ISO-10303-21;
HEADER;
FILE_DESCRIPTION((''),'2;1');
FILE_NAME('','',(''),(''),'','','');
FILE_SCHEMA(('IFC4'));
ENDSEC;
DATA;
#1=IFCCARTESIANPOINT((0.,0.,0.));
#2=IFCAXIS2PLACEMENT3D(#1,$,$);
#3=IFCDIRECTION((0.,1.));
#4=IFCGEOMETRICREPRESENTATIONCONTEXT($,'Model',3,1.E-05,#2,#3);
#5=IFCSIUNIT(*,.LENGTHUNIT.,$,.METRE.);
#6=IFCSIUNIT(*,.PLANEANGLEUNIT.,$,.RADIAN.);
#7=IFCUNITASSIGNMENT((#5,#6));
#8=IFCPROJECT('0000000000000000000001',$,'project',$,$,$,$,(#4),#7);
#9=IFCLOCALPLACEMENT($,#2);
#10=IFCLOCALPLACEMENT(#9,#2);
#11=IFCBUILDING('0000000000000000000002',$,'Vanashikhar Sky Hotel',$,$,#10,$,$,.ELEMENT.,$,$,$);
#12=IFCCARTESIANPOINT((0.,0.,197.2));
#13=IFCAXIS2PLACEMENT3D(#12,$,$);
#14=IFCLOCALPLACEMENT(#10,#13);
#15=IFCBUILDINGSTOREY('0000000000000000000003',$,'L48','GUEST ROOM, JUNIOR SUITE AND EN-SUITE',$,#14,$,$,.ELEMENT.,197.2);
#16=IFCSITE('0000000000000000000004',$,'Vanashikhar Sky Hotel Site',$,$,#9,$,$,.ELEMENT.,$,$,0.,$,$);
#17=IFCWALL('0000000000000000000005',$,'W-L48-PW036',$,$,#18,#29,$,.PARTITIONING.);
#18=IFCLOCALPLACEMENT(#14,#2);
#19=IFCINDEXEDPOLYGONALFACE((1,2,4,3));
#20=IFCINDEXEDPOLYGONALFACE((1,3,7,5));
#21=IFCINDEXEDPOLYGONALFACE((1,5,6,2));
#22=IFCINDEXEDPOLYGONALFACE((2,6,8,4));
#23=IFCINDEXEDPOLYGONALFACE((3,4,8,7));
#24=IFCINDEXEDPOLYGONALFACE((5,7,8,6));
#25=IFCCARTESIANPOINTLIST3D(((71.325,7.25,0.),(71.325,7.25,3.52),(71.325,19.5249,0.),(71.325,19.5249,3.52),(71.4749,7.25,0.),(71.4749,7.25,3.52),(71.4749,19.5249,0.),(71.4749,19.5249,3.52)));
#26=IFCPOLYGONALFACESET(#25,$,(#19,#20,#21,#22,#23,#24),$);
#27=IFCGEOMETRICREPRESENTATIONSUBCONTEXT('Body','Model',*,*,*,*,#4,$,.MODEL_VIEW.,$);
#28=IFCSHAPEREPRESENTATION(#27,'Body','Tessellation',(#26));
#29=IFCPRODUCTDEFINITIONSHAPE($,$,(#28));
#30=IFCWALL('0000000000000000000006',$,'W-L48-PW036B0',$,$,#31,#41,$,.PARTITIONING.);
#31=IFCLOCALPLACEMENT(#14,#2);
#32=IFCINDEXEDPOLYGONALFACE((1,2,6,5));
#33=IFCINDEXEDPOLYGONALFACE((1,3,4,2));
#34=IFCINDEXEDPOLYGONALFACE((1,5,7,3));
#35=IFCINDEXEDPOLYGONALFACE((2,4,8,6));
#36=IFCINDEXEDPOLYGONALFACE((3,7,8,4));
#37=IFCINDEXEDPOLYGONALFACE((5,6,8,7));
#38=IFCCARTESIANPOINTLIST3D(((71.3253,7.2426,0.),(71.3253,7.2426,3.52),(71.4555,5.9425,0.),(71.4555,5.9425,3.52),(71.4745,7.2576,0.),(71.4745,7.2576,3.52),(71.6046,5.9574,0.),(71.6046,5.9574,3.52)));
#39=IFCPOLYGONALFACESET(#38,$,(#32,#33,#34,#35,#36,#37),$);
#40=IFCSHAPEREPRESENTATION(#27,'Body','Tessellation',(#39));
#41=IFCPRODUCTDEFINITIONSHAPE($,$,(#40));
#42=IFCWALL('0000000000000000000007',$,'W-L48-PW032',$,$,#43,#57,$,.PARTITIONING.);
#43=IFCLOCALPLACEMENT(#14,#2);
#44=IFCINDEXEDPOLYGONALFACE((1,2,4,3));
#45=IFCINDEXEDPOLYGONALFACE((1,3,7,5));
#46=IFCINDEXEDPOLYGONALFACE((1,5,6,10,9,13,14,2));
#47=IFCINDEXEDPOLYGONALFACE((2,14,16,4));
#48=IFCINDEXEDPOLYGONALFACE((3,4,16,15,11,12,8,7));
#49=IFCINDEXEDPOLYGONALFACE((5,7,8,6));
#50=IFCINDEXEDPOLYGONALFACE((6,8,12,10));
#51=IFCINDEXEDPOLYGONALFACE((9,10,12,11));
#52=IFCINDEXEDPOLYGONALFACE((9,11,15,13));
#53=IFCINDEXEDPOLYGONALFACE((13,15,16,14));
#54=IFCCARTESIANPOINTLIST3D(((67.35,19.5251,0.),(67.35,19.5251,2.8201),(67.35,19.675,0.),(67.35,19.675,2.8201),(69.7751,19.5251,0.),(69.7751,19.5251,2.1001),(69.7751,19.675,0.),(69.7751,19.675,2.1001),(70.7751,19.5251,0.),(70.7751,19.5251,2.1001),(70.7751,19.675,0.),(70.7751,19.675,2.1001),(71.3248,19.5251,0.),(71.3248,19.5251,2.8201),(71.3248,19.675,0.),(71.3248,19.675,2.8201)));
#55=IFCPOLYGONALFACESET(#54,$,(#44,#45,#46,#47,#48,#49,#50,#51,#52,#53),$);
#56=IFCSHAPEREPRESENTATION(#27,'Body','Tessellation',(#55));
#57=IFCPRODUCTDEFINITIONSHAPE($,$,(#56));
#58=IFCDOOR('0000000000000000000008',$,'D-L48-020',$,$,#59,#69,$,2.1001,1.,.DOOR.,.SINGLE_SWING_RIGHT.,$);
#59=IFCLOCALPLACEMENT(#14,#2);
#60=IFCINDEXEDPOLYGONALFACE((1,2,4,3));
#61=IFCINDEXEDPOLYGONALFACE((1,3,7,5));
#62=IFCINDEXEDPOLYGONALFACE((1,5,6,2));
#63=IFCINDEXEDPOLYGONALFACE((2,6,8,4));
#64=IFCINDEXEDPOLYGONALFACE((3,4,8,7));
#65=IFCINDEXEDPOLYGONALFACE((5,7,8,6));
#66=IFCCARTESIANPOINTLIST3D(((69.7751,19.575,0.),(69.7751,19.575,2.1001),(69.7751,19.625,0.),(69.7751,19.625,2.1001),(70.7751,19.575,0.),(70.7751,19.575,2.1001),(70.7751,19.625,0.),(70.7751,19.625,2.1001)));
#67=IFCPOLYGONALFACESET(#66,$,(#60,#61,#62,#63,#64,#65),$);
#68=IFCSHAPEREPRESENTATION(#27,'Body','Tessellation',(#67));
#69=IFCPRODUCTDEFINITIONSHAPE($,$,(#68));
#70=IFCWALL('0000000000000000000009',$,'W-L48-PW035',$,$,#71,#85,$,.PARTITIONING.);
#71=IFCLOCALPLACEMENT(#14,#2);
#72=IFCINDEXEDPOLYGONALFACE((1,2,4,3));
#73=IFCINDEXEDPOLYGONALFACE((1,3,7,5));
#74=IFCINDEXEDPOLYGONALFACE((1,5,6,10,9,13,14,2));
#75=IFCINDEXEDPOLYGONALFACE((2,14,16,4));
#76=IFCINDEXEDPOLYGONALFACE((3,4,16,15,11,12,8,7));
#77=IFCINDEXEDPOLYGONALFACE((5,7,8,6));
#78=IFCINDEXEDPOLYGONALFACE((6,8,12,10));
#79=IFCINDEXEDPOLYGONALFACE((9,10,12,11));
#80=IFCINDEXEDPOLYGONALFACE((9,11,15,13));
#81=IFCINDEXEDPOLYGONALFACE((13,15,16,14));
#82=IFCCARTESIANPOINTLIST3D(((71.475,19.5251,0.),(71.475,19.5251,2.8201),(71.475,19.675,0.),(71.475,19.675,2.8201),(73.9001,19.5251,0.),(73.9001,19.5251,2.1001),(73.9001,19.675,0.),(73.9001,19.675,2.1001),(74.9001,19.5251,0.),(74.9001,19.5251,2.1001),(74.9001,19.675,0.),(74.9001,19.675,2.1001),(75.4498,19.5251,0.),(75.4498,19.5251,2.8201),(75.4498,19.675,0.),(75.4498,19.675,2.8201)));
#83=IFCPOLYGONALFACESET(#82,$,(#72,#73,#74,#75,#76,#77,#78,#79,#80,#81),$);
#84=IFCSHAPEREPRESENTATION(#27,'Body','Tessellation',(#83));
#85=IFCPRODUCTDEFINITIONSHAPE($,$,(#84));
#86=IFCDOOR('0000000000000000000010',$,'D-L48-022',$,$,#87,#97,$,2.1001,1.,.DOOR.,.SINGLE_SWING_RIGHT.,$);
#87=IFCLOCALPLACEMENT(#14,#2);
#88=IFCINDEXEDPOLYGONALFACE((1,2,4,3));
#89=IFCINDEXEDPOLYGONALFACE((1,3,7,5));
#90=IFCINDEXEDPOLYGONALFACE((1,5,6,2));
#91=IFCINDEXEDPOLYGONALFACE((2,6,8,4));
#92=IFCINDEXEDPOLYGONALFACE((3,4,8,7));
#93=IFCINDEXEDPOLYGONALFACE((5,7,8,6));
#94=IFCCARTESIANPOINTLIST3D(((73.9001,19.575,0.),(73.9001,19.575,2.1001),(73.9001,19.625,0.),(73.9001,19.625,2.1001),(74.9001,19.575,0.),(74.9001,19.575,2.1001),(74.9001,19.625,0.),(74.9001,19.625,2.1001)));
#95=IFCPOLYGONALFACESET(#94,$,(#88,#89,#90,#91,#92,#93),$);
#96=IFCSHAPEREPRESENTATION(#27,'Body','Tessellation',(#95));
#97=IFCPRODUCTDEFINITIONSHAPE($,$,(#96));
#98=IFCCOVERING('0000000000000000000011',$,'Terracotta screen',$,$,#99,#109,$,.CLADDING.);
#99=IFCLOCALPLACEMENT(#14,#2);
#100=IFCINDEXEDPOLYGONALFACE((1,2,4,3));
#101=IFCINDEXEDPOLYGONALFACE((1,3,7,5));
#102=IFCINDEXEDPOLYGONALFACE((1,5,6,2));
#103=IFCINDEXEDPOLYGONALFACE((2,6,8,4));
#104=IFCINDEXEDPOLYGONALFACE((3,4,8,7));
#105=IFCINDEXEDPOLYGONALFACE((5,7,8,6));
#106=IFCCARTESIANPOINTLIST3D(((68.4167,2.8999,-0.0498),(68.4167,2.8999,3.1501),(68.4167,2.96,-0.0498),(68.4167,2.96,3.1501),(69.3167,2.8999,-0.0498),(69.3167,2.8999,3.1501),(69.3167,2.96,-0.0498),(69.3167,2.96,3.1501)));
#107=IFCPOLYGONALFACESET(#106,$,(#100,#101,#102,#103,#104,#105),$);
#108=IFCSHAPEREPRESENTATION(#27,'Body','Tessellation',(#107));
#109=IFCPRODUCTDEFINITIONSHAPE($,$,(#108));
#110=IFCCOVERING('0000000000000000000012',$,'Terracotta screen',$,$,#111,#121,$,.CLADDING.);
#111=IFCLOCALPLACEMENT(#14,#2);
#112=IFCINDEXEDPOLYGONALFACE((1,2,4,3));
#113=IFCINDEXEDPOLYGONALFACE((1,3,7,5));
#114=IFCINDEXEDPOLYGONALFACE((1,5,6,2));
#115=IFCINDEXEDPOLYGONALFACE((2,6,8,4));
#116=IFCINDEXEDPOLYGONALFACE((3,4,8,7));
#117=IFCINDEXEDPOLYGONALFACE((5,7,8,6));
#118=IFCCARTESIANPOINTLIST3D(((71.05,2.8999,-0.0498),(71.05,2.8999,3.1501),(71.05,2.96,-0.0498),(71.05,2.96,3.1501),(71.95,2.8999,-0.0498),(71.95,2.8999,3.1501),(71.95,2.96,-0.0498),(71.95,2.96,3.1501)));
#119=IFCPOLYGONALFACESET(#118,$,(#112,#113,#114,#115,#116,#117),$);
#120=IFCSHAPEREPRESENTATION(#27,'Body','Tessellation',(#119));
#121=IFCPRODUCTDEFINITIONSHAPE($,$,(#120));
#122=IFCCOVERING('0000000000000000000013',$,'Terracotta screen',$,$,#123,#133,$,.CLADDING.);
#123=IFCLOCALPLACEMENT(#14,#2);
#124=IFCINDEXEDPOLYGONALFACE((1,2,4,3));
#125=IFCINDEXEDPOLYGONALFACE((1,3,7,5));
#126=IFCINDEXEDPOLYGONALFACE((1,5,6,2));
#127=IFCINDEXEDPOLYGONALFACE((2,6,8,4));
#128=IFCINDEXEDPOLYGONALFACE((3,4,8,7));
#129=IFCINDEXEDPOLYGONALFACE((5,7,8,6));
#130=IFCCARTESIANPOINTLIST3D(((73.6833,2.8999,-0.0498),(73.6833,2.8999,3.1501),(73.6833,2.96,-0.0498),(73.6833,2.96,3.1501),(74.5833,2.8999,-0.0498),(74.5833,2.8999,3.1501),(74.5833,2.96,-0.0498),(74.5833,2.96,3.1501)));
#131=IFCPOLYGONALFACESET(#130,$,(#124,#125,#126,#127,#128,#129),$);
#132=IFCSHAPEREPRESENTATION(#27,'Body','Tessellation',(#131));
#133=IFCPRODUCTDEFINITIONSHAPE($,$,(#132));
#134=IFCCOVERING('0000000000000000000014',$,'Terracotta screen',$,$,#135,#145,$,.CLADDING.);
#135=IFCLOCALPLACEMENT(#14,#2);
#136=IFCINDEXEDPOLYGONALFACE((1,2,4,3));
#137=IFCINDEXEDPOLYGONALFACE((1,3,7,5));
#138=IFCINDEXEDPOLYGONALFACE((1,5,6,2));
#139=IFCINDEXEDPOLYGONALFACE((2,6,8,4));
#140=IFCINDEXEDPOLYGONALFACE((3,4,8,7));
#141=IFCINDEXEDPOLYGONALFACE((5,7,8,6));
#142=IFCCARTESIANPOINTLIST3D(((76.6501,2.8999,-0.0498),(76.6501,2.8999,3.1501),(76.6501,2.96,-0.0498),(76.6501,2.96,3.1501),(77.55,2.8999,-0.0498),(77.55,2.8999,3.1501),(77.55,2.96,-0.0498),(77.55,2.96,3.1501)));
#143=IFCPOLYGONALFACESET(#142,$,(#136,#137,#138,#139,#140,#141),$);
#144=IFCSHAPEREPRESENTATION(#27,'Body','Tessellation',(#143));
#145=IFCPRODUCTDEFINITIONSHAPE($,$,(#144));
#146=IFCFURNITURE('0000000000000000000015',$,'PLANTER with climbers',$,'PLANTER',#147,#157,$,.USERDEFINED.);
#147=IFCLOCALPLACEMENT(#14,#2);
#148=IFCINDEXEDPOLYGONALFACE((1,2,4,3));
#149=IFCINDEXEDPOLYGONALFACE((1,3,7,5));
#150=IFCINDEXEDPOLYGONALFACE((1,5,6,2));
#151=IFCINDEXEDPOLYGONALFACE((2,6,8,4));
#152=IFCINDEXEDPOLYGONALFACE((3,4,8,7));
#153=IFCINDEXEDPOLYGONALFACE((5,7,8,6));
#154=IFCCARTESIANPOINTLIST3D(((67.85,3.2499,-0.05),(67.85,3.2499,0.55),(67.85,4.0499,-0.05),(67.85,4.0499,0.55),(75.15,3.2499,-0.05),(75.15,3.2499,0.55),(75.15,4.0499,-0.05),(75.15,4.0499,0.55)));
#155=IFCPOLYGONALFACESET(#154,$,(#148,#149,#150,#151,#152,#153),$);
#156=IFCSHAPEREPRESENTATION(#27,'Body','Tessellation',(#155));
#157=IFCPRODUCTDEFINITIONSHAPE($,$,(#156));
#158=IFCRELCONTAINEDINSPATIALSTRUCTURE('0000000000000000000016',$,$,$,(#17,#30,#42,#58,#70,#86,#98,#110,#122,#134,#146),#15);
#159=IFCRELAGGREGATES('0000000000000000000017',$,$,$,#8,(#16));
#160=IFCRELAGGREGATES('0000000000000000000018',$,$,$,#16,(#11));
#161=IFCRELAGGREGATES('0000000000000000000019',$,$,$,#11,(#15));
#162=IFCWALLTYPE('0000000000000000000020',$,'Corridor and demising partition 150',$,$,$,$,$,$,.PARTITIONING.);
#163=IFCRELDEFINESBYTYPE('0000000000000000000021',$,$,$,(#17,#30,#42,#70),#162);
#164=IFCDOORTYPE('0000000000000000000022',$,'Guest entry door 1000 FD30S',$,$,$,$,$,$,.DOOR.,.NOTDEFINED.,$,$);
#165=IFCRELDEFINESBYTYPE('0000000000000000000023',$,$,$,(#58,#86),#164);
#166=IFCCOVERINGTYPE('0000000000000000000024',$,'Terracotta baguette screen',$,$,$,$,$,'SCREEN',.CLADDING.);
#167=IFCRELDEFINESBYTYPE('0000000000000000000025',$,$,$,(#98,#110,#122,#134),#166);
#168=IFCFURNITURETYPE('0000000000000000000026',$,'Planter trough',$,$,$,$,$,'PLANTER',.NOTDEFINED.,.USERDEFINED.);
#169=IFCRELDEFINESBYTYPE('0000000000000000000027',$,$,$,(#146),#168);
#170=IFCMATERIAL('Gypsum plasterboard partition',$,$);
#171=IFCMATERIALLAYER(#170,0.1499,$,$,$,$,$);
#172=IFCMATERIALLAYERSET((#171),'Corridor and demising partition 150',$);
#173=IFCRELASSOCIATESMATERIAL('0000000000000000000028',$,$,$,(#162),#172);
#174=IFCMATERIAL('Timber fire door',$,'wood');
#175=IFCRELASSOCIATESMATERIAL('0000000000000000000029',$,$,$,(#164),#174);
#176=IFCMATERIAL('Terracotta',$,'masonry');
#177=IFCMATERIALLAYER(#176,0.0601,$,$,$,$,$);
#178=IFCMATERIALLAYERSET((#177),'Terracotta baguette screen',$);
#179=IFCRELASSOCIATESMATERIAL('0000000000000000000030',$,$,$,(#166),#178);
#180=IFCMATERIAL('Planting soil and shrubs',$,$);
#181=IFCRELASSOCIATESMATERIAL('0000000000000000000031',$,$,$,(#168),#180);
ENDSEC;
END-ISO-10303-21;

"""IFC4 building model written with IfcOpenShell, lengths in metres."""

from ifc_helpers import new_model, si_unit, direction, frame, frame_2d, origin, origin_2d, place, context, subcontext, project, spatial, rectangle, extrude, source, transform, mapped, material, layer, layer_set, type_object, element, fill, save


model = new_model("IFC4")

# Units and contexts
model_context = context("Model", 3, precision=1e-05, world=origin(), true_north=direction((0.0, 1.0)))
body_context = subcontext(model_context, "Body", "Model", "MODEL_VIEW")
ifc_project = project(units=[si_unit("LENGTHUNIT", "METRE"), si_unit("PLANEANGLEUNIT", "RADIAN")], contexts=[model_context])

# Site, building, storey
site_placement = place(None, origin())
site = spatial("IfcSite", under=ifc_project, at=site_placement, Name="Vanashikhar Sky Hotel Site", CompositionType="ELEMENT", RefElevation=0.0)
building_placement = place(site_placement, origin())
building = spatial("IfcBuilding", under=site, at=building_placement, Name="Vanashikhar Sky Hotel", CompositionType="ELEMENT")
storey_placement = place(building_placement, frame((0.0, 0.0, 197.2)))
storey = spatial("IfcBuildingStorey", under=building, at=storey_placement, Name="L48", Description="GUEST ROOM, JUNIOR SUITE AND EN-SUITE", CompositionType="ELEMENT", Elevation=197.2)

# Shared definitions
ifc_material_1 = material(Name="Gypsum plasterboard partition")

# Walls
ifc_layer_1 = layer(ifc_material_1, 0.1499)
ifc_layer_set_1 = layer_set([ifc_layer_1], Name="Corridor and demising partition 150")
wall_type_1 = type_object("IfcWallType", Name="Corridor and demising partition 150", PredefinedType="PARTITIONING", material=ifc_layer_set_1)
shared_shape_1 = source(origin(), body_context, "Body", "SweptSolid", [
    extrude(rectangle(XDim=12.2749, YDim=0.1499, at=frame_2d((6.1375, 0.0))), origin(), (0.0, 0.0, 1.0), 3.52),
])
wall_1_placement = place(storey_placement, frame((71.3999, 7.25, 0.0), z_axis=(0.0, 0.0, 1.0), x_axis=(0.0, 1.0, 0.0)))
element("IfcWall", 1, at=wall_1_placement, inside=storey, type_object=wall_type_1, Name="W-L48-PW036", PredefinedType="PARTITIONING", context=body_context, shape_type="MappedRepresentation", body=[
    mapped(shared_shape_1, transform((0.0, 0.0, 0.0), scale=1.0)),
])
shared_shape_2 = source(origin(), body_context, "Body", "SweptSolid", [
    extrude(rectangle(XDim=1.3066, YDim=0.1499, at=frame_2d((0.6533, 0.0))), origin(), (0.0, 0.0, 1.0), 3.52),
])
wall_2_placement = place(storey_placement, frame((71.53, 5.95, 0.0), z_axis=(0.0, 0.0, 1.0), x_axis=(-0.099596, 0.995028, 0.0)))
element("IfcWall", 2, at=wall_2_placement, inside=storey, type_object=wall_type_1, Name="W-L48-PW036B0", PredefinedType="PARTITIONING", context=body_context, shape_type="MappedRepresentation", body=[
    mapped(shared_shape_2, transform((0.0, 0.0, 0.0), scale=1.0)),
])

# Walls, openings, doors
shared_shape_3 = source(origin(), body_context, "Body", "SweptSolid", [
    extrude(rectangle(XDim=3.9749, YDim=0.1499, at=frame_2d((1.9873, 0.0))), origin(), (0.0, 0.0, 1.0), 2.8201),
])
wall_3_placement = place(storey_placement, frame((67.3501, 19.6001, 0.0), z_axis=(0.0, 0.0, 1.0), x_axis=(1.0, 0.0, 0.0)))
wall_3 = element("IfcWall", 3, at=wall_3_placement, inside=storey, type_object=wall_type_1, Name="W-L48-PW032", PredefinedType="PARTITIONING", context=body_context, shape_type="MappedRepresentation", body=[
    mapped(shared_shape_3, transform((0.0, 0.0, 0.0), scale=1.0)),
])
shared_shape_4 = source(origin(), body_context, "Body", "SweptSolid", [
    extrude(rectangle(XDim=1.0, YDim=2.1001, at=frame_2d((0.5, 1.05))), frame((0.0, 0.085, 0.0), z_axis=(0.0, -1.0, 0.0), x_axis=(1.0, 0.0, 0.0)), (0.0, 0.0, 1.0), 0.1699),
])
opening_1_placement = place(wall_3_placement, frame((2.425, 0.0, 0.0)))
opening_1 = element("IfcOpeningElement", 4, at=opening_1_placement, cuts=wall_3, PredefinedType="OPENING", context=body_context, shape_type="MappedRepresentation", body=[
    mapped(shared_shape_4, transform((0.0, 0.0, 0.0), scale=1.0)),
])
ifc_material_2 = material(Name="Timber fire door", Category="wood")
door_type_1 = type_object("IfcDoorType", Name="Guest entry door 1000 FD30S", OperationType="NOTDEFINED", PredefinedType="DOOR", material=ifc_material_2)
shared_shape_5 = source(origin(), body_context, "Body", "SweptSolid", [
    extrude(rectangle(XDim=1.0, YDim=2.1001, at=frame_2d((0.5, 1.05))), frame((0.0, 0.0249, 0.0), z_axis=(0.0, -1.0, 0.0), x_axis=(1.0, 0.0, 0.0)), (0.0, 0.0, 1.0), 0.05),
])
door_1_placement = place(opening_1_placement, origin())
door_1 = element("IfcDoor", 5, at=door_1_placement, inside=storey, type_object=door_type_1, Name="D-L48-020", OperationType="SINGLE_SWING_RIGHT", OverallHeight=2.1001, OverallWidth=1.0, PredefinedType="DOOR", context=body_context, shape_type="MappedRepresentation", body=[
    mapped(shared_shape_5, transform((0.0, 0.0, 0.0), scale=1.0)),
])
fill(opening_1, door_1)
wall_4_placement = place(storey_placement, frame((71.4751, 19.6001, 0.0), z_axis=(0.0, 0.0, 1.0), x_axis=(1.0, 0.0, 0.0)))
wall_4 = element("IfcWall", 6, at=wall_4_placement, inside=storey, type_object=wall_type_1, Name="W-L48-PW035", PredefinedType="PARTITIONING", context=body_context, shape_type="MappedRepresentation", body=[
    mapped(shared_shape_3, transform((0.0, 0.0, 0.0), scale=1.0)),
])
opening_2_placement = place(wall_4_placement, frame((2.425, 0.0, 0.0)))
opening_2 = element("IfcOpeningElement", 7, at=opening_2_placement, cuts=wall_4, PredefinedType="OPENING", context=body_context, shape_type="MappedRepresentation", body=[
    mapped(shared_shape_4, transform((0.0, 0.0, 0.0), scale=1.0)),
])
door_2_placement = place(opening_2_placement, origin())
door_2 = element("IfcDoor", 8, at=door_2_placement, inside=storey, type_object=door_type_1, Name="D-L48-022", OperationType="SINGLE_SWING_RIGHT", OverallHeight=2.1001, OverallWidth=1.0, PredefinedType="DOOR", context=body_context, shape_type="MappedRepresentation", body=[
    mapped(shared_shape_5, transform((0.0, 0.0, 0.0), scale=1.0)),
])
fill(opening_2, door_2)

# Coverings
ifc_material_3 = material(Name="Terracotta", Category="masonry")
ifc_layer_2 = layer(ifc_material_3, 0.0601)
ifc_layer_set_2 = layer_set([ifc_layer_2], Name="Terracotta baguette screen")
covering_type = type_object("IfcCoveringType", Name="Terracotta baguette screen", ElementType="SCREEN", PredefinedType="CLADDING", material=ifc_layer_set_2)
shared_shape_6 = source(origin(), body_context, "Body", "SweptSolid", [
    extrude(rectangle(XDim=0.8999, YDim=0.0601, at=origin_2d()), origin(), (0.0, 0.0, 1.0), 3.2),
])
for number, where, z_axis, x_axis, name in (
    (9, (68.8667, 2.9299, -0.0498), (0.0, 0.0, 1.0), (1.0, 0.0, 0.0), "Terracotta screen"),
    (10, (71.5, 2.9299, -0.0498), (0.0, 0.0, 1.0), (1.0, 0.0, 0.0), "Terracotta screen"),
    (11, (74.1333, 2.9299, -0.0498), (0.0, 0.0, 1.0), (1.0, 0.0, 0.0), "Terracotta screen"),
    (12, (77.1001, 2.9299, -0.0498), (0.0, 0.0, 1.0), (1.0, 0.0, 0.0), "Terracotta screen"),
):
    element("IfcCovering", number, at=place(storey_placement, frame(where, z_axis=z_axis, x_axis=x_axis)), inside=storey, type_object=covering_type, Name=name, PredefinedType="CLADDING", context=body_context, shape_type="MappedRepresentation", body=[
        mapped(shared_shape_6, transform((0.0, 0.0, 0.0), scale=1.0)),
    ])

# Furniture
ifc_material_4 = material(Name="Planting soil and shrubs")
furniture_type = type_object("IfcFurnitureType", Name="Planter trough", ElementType="PLANTER", AssemblyPlace="NOTDEFINED", PredefinedType="USERDEFINED", material=ifc_material_4)
shared_shape_7 = source(origin(), body_context, "Body", "SweptSolid", [
    extrude(rectangle(XDim=7.3, YDim=0.8, at=origin_2d()), origin(), (0.0, 0.0, 1.0), 0.6001),
])
furniture_placement = place(storey_placement, frame((71.5, 3.6499, -0.05), z_axis=(0.0, 0.0, 1.0), x_axis=(1.0, 0.0, 0.0)))
element("IfcFurniture", 13, at=furniture_placement, inside=storey, type_object=furniture_type, Name="PLANTER with climbers", ObjectType="PLANTER", PredefinedType="USERDEFINED", context=body_context, shape_type="MappedRepresentation", body=[
    mapped(shared_shape_7, transform((0.0, 0.0, 0.0), scale=1.0)),
])

save(model, "model.ifc")
